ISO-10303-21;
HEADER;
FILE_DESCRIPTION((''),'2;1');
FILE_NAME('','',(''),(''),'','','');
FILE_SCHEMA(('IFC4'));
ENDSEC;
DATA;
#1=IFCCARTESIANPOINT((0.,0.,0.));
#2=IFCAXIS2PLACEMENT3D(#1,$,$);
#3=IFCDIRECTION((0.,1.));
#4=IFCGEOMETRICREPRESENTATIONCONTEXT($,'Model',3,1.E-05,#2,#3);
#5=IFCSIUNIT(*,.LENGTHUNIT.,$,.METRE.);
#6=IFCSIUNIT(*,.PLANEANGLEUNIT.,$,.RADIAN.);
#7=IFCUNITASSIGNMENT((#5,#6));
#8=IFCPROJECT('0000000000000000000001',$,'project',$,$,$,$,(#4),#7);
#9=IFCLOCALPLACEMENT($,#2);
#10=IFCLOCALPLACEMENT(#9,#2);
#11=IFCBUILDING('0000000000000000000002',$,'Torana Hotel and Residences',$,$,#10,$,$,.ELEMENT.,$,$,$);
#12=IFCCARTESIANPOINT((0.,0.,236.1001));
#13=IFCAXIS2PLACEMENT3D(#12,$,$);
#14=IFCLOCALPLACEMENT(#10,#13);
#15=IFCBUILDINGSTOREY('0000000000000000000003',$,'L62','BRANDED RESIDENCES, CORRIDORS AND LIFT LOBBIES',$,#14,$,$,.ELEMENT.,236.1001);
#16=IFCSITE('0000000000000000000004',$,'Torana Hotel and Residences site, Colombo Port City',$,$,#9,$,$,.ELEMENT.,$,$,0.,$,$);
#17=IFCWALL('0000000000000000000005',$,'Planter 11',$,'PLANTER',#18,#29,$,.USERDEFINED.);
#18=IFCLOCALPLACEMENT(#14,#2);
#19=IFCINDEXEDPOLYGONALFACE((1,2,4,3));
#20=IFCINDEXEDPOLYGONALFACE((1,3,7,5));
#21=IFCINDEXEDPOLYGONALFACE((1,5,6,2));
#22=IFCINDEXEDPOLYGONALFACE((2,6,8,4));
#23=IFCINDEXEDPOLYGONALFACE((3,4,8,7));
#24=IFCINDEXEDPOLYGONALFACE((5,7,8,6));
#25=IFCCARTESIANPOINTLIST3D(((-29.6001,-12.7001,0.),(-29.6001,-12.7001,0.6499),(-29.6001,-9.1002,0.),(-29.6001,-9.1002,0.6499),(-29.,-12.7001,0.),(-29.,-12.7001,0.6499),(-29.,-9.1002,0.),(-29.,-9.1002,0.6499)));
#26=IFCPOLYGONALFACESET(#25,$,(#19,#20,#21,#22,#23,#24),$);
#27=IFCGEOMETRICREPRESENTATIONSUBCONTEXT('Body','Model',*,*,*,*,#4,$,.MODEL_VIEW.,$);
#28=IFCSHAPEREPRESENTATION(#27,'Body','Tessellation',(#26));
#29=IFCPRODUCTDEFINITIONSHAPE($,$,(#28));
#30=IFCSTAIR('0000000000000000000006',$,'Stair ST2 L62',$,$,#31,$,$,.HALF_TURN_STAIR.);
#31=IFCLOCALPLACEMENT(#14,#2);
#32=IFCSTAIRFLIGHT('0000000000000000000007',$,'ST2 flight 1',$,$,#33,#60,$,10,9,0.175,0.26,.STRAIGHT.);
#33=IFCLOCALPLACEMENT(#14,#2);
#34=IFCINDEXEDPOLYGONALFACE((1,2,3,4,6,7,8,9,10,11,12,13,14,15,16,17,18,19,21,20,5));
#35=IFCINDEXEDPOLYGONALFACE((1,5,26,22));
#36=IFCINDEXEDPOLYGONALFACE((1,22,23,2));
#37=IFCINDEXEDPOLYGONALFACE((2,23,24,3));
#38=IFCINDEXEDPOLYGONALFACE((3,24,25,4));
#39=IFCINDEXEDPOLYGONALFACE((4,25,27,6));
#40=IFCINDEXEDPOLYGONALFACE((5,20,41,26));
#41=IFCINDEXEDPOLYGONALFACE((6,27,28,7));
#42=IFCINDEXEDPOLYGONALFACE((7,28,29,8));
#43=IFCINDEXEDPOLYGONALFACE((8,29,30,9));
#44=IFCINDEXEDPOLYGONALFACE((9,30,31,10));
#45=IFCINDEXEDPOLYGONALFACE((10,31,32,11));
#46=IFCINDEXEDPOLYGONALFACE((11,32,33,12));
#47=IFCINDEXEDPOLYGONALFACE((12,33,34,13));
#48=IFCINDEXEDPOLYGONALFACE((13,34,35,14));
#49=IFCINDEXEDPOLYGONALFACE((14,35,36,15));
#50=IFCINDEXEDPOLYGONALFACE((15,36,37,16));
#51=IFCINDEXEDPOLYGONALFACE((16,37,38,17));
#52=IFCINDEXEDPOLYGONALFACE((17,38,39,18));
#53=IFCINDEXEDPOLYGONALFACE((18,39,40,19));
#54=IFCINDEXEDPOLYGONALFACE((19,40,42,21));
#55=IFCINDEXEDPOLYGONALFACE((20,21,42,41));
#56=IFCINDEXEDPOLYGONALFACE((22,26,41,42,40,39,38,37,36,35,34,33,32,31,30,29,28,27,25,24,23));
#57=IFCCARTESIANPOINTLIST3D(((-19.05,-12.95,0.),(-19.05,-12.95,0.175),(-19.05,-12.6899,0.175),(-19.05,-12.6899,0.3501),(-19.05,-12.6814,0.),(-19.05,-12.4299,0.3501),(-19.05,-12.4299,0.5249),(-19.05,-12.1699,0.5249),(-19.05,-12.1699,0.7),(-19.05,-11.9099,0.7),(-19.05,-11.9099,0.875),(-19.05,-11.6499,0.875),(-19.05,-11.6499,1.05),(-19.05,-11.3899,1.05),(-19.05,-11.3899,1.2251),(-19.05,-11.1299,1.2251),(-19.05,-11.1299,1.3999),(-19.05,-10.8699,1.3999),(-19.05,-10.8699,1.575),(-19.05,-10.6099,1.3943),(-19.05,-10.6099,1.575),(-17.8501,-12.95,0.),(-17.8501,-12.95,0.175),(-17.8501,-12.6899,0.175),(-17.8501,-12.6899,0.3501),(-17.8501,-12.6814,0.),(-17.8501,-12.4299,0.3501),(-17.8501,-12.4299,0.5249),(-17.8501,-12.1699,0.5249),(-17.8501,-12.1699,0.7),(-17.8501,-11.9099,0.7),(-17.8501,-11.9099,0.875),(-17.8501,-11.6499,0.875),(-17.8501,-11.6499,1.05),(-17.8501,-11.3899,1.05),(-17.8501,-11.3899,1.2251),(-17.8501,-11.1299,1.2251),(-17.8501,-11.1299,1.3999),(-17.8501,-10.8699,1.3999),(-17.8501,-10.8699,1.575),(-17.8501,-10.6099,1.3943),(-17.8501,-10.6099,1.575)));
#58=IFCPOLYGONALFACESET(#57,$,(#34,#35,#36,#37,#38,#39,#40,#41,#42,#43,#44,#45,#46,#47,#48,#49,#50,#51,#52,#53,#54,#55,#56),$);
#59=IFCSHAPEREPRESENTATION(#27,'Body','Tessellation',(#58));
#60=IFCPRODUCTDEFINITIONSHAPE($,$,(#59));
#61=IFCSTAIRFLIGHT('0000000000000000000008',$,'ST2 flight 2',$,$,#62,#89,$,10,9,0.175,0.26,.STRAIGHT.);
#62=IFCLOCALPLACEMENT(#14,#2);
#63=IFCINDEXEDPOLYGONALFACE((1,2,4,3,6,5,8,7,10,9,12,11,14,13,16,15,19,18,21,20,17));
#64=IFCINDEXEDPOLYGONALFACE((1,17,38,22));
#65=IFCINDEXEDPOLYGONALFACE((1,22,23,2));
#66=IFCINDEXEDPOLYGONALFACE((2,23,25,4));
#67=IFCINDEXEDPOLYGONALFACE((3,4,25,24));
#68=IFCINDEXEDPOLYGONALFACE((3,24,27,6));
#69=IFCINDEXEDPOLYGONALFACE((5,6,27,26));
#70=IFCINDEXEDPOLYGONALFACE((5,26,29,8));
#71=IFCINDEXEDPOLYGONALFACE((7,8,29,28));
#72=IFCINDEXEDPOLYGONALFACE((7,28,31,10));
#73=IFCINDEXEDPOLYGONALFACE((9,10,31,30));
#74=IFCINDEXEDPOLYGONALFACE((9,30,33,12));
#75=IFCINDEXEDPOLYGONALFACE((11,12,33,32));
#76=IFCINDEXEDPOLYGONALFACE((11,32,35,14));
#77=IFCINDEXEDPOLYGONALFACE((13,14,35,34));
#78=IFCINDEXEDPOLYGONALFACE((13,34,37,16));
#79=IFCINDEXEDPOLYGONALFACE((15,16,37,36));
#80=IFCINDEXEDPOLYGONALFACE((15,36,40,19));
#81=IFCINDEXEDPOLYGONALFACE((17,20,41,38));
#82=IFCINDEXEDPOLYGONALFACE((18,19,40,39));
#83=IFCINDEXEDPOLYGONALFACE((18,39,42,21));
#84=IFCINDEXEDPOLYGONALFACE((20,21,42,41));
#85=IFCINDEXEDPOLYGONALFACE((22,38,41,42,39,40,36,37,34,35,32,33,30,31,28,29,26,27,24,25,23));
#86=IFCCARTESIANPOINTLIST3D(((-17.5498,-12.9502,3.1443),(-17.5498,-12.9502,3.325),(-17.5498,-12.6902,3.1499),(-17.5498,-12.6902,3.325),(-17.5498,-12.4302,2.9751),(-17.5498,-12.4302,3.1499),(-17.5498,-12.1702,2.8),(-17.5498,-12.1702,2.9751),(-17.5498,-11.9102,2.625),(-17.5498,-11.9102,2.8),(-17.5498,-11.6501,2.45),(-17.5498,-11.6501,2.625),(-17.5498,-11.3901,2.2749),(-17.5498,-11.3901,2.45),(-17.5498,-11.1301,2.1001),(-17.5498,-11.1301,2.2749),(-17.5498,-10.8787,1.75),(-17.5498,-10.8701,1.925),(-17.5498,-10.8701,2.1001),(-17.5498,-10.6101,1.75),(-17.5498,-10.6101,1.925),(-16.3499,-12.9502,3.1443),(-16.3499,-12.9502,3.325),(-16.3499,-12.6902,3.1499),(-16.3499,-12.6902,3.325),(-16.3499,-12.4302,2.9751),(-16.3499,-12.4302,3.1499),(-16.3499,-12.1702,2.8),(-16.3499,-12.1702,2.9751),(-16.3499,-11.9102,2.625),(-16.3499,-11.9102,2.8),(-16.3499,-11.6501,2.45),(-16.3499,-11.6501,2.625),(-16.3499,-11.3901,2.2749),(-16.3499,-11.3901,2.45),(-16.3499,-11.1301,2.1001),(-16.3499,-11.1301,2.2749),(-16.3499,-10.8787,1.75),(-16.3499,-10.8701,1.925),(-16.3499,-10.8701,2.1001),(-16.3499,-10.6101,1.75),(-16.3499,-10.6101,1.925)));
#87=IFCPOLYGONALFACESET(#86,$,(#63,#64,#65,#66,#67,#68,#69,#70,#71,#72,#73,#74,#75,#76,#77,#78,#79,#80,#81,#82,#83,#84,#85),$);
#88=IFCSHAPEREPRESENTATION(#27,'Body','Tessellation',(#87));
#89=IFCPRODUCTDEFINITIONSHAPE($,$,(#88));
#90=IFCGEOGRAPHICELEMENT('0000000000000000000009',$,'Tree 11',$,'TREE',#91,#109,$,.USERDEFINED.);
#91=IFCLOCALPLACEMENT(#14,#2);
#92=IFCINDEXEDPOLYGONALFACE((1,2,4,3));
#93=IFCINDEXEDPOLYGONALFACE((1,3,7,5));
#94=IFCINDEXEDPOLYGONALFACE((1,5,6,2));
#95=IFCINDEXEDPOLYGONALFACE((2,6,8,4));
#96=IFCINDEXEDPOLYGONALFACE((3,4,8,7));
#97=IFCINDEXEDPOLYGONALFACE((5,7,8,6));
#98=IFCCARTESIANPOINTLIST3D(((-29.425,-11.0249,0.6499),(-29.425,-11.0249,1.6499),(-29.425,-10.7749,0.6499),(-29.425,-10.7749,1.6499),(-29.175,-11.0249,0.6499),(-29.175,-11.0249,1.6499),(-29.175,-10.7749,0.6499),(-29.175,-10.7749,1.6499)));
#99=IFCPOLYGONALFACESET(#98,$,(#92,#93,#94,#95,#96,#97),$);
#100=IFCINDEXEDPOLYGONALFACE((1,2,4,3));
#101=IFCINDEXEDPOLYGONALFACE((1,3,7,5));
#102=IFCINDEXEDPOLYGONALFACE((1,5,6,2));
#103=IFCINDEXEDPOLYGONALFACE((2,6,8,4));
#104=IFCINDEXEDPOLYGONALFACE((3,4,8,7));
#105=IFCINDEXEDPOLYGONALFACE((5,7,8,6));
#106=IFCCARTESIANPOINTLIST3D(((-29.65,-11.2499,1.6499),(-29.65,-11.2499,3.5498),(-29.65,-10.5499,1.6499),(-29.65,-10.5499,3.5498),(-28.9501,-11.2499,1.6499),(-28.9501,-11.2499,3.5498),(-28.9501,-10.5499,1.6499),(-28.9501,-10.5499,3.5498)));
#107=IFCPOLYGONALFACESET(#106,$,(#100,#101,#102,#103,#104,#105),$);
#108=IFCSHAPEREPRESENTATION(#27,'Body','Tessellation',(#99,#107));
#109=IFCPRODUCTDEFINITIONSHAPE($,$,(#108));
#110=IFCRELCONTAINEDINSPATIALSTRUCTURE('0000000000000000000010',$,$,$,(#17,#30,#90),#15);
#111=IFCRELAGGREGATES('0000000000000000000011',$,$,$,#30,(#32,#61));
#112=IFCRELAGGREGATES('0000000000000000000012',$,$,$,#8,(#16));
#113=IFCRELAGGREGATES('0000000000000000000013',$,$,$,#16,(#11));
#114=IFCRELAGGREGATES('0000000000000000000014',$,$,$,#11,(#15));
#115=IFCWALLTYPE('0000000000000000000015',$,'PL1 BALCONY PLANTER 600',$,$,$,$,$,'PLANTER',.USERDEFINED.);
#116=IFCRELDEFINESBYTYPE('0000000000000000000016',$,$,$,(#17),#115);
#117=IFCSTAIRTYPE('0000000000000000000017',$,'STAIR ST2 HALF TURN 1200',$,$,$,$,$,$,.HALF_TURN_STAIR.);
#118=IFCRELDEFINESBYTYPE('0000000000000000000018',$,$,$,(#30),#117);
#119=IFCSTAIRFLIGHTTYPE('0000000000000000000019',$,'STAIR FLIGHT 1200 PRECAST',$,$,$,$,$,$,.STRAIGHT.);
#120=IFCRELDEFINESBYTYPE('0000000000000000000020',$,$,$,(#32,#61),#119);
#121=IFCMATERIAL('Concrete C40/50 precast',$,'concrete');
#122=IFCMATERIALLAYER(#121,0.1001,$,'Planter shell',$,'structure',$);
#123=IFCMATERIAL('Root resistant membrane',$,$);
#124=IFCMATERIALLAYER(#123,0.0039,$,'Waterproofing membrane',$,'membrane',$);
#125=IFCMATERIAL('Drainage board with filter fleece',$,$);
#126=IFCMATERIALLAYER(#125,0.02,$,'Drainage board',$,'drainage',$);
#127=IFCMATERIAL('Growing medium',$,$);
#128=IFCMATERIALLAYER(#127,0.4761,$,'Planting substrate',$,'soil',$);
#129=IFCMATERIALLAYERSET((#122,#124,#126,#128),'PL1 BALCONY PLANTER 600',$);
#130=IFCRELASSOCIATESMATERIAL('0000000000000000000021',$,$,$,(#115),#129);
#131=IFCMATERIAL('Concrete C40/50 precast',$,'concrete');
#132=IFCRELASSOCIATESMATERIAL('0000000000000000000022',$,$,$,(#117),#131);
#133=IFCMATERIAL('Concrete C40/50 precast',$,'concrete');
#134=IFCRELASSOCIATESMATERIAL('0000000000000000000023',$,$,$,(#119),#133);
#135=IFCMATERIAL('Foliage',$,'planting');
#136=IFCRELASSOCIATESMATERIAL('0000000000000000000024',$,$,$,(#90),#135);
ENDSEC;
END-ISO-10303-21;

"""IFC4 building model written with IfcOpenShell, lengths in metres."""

from ifc_helpers import new_model, si_unit, direction, frame, frame_2d, origin, origin_2d, place, context, subcontext, project, spatial, polyline, rectangle, outline, extrude, material, layer, layer_set, type_object, element, aggregate, save


model = new_model("IFC4")

# Units and contexts
model_context = context("Model", 3, precision=1e-05, world=origin(), true_north=direction((0.0, 1.0)))
body_context = subcontext(model_context, "Body", "Model", "MODEL_VIEW")
ifc_project = project(units=[si_unit("LENGTHUNIT", "METRE"), si_unit("PLANEANGLEUNIT", "RADIAN")], contexts=[model_context])

# Site, building, storey
site_placement = place(None, origin())
site = spatial("IfcSite", under=ifc_project, at=site_placement, Name="Torana Hotel and Residences site, Colombo Port City", CompositionType="ELEMENT", RefElevation=0.0)
building_placement = place(site_placement, origin())
building = spatial("IfcBuilding", under=site, at=building_placement, Name="Torana Hotel and Residences", CompositionType="ELEMENT")
storey_placement = place(building_placement, frame((0.0, 0.0, 236.1001)))
storey = spatial("IfcBuildingStorey", under=building, at=storey_placement, Name="L62", Description="BRANDED RESIDENCES, CORRIDORS AND LIFT LOBBIES", CompositionType="ELEMENT", Elevation=236.1001)

# Wall
ifc_material_1 = material(Name="Concrete C40/50 precast", Category="concrete")
ifc_layer_1 = layer(ifc_material_1, 0.1001, Name="Planter shell", Category="structure")
ifc_material_2 = material(Name="Root resistant membrane")
ifc_layer_2 = layer(ifc_material_2, 0.0039, Name="Waterproofing membrane", Category="membrane")
ifc_material_3 = material(Name="Drainage board with filter fleece")
ifc_layer_3 = layer(ifc_material_3, 0.02, Name="Drainage board", Category="drainage")
ifc_material_4 = material(Name="Growing medium")
ifc_layer_4 = layer(ifc_material_4, 0.4761, Name="Planting substrate", Category="soil")
ifc_layer_set_1 = layer_set([ifc_layer_1, ifc_layer_2, ifc_layer_3, ifc_layer_4], Name="PL1 BALCONY PLANTER 600")
wall_type_1 = type_object("IfcWallType", Name="PL1 BALCONY PLANTER 600", ElementType="PLANTER", PredefinedType="USERDEFINED", material=ifc_layer_set_1)
wall_1_placement = place(storey_placement, frame((-29.3, -12.7, 0.0), z_axis=(0.0, 0.0, 1.0), x_axis=(0.0, 1.0, 0.0)))
element("IfcWall", 1, at=wall_1_placement, inside=storey, type_object=wall_type_1, Name="Planter 11", ObjectType="PLANTER", PredefinedType="USERDEFINED", context=body_context, shape_type="SweptSolid", body=[
    extrude(rectangle(XDim=3.5999, YDim=0.6001, at=frame_2d((1.7998, 0.0))), origin(), (0.0, 0.0, 1.0), 0.6499),
])

# Stair, stair flights
ifc_material_5 = material(Name="Concrete C40/50 precast", Category="concrete")
stair_type = type_object("IfcStairType", Name="STAIR ST2 HALF TURN 1200", PredefinedType="HALF_TURN_STAIR", material=ifc_material_5)
stair_placement = place(storey_placement, origin())
stair = element("IfcStair", 2, at=stair_placement, inside=storey, type_object=stair_type, Name="Stair ST2 L62", PredefinedType="HALF_TURN_STAIR")
ifc_material_6 = material(Name="Concrete C40/50 precast", Category="concrete")
stair_flight_type = type_object("IfcStairFlightType", Name="STAIR FLIGHT 1200 PRECAST", PredefinedType="STRAIGHT", material=ifc_material_6)
stair_flight_1_placement = place(storey_placement, frame((-18.45, -12.95, 0.0), z_axis=(0.0, 0.0, 1.0), x_axis=(0.0, 1.0, 0.0)))
stair_flight_1 = element("IfcStairFlight", 3, at=stair_flight_1_placement, type_object=stair_flight_type, Name="ST2 flight 1", NumberOfRisers=10, NumberOfTreads=9, PredefinedType="STRAIGHT", RiserHeight=0.175, TreadLength=0.26, context=body_context, shape_type="SweptSolid", body=[
    extrude(outline(polyline([(0.0, 0.0), (0.0, 0.175), (0.26, 0.175), (0.26, 0.3501), (0.52, 0.3501), (0.52, 0.5249), (0.78, 0.5249), (0.78, 0.7), (1.04, 0.7), (1.04, 0.875), (1.3, 0.875), (1.3, 1.05), (1.5601, 1.05), (1.5601, 1.2251), (1.8201, 1.2251), (1.8201, 1.3999), (2.0801, 1.3999), (2.0801, 1.575), (2.3401, 1.575), (2.3401, 1.75), (2.3401, 1.3943), (0.2686, 0.0), (0.0, 0.0)])), frame((0.0, 0.6001, 0.0), z_axis=(0.0, -1.0, 0.0), x_axis=(1.0, 0.0, 0.0)), (0.0, 0.0, 1.0), 1.2),
])
stair_flight_2_placement = place(storey_placement, frame((-16.95, -10.6101, 1.75), z_axis=(0.0, 0.0, 1.0), x_axis=(0.0, -1.0, 0.0)))
stair_flight_2 = element("IfcStairFlight", 4, at=stair_flight_2_placement, type_object=stair_flight_type, Name="ST2 flight 2", NumberOfRisers=10, NumberOfTreads=9, PredefinedType="STRAIGHT", RiserHeight=0.175, TreadLength=0.26, context=body_context, shape_type="SweptSolid", body=[
    extrude(outline(polyline([(0.0, 0.0), (0.0, 0.175), (0.26, 0.175), (0.26, 0.3501), (0.52, 0.3501), (0.52, 0.5249), (0.78, 0.5249), (0.78, 0.7), (1.04, 0.7), (1.04, 0.875), (1.3, 0.875), (1.3, 1.05), (1.5601, 1.05), (1.5601, 1.2251), (1.8201, 1.2251), (1.8201, 1.3999), (2.0801, 1.3999), (2.0801, 1.575), (2.3401, 1.575), (2.3401, 1.75), (2.3401, 1.3943), (0.2686, 0.0), (0.0, 0.0)])), frame((0.0, 0.6001, 0.0), z_axis=(0.0, -1.0, 0.0), x_axis=(1.0, 0.0, 0.0)), (0.0, 0.0, 1.0), 1.2),
])
aggregate(stair, [stair_flight_1, stair_flight_2])

# Geographic element
ifc_material_7 = material(Name="Foliage", Category="planting")
geographic_element_placement = place(storey_placement, frame((-29.3, -10.8999, 0.6499), z_axis=(0.0, 0.0, 1.0), x_axis=(1.0, 0.0, 0.0)))
element("IfcGeographicElement", 5, at=geographic_element_placement, inside=storey, material=ifc_material_7, Name="Tree 11", ObjectType="TREE", PredefinedType="USERDEFINED", context=body_context, shape_type="SweptSolid", body=[
    extrude(rectangle(XDim=0.25, YDim=0.25, at=origin_2d()), origin(), (0.0, 0.0, 1.0), 1.0),
    extrude(rectangle(XDim=0.7, YDim=0.7, at=origin_2d()), frame((0.0, 0.0, 1.0)), (0.0, 0.0, 1.0), 1.8999),
])

save(model, "model.ifc")
